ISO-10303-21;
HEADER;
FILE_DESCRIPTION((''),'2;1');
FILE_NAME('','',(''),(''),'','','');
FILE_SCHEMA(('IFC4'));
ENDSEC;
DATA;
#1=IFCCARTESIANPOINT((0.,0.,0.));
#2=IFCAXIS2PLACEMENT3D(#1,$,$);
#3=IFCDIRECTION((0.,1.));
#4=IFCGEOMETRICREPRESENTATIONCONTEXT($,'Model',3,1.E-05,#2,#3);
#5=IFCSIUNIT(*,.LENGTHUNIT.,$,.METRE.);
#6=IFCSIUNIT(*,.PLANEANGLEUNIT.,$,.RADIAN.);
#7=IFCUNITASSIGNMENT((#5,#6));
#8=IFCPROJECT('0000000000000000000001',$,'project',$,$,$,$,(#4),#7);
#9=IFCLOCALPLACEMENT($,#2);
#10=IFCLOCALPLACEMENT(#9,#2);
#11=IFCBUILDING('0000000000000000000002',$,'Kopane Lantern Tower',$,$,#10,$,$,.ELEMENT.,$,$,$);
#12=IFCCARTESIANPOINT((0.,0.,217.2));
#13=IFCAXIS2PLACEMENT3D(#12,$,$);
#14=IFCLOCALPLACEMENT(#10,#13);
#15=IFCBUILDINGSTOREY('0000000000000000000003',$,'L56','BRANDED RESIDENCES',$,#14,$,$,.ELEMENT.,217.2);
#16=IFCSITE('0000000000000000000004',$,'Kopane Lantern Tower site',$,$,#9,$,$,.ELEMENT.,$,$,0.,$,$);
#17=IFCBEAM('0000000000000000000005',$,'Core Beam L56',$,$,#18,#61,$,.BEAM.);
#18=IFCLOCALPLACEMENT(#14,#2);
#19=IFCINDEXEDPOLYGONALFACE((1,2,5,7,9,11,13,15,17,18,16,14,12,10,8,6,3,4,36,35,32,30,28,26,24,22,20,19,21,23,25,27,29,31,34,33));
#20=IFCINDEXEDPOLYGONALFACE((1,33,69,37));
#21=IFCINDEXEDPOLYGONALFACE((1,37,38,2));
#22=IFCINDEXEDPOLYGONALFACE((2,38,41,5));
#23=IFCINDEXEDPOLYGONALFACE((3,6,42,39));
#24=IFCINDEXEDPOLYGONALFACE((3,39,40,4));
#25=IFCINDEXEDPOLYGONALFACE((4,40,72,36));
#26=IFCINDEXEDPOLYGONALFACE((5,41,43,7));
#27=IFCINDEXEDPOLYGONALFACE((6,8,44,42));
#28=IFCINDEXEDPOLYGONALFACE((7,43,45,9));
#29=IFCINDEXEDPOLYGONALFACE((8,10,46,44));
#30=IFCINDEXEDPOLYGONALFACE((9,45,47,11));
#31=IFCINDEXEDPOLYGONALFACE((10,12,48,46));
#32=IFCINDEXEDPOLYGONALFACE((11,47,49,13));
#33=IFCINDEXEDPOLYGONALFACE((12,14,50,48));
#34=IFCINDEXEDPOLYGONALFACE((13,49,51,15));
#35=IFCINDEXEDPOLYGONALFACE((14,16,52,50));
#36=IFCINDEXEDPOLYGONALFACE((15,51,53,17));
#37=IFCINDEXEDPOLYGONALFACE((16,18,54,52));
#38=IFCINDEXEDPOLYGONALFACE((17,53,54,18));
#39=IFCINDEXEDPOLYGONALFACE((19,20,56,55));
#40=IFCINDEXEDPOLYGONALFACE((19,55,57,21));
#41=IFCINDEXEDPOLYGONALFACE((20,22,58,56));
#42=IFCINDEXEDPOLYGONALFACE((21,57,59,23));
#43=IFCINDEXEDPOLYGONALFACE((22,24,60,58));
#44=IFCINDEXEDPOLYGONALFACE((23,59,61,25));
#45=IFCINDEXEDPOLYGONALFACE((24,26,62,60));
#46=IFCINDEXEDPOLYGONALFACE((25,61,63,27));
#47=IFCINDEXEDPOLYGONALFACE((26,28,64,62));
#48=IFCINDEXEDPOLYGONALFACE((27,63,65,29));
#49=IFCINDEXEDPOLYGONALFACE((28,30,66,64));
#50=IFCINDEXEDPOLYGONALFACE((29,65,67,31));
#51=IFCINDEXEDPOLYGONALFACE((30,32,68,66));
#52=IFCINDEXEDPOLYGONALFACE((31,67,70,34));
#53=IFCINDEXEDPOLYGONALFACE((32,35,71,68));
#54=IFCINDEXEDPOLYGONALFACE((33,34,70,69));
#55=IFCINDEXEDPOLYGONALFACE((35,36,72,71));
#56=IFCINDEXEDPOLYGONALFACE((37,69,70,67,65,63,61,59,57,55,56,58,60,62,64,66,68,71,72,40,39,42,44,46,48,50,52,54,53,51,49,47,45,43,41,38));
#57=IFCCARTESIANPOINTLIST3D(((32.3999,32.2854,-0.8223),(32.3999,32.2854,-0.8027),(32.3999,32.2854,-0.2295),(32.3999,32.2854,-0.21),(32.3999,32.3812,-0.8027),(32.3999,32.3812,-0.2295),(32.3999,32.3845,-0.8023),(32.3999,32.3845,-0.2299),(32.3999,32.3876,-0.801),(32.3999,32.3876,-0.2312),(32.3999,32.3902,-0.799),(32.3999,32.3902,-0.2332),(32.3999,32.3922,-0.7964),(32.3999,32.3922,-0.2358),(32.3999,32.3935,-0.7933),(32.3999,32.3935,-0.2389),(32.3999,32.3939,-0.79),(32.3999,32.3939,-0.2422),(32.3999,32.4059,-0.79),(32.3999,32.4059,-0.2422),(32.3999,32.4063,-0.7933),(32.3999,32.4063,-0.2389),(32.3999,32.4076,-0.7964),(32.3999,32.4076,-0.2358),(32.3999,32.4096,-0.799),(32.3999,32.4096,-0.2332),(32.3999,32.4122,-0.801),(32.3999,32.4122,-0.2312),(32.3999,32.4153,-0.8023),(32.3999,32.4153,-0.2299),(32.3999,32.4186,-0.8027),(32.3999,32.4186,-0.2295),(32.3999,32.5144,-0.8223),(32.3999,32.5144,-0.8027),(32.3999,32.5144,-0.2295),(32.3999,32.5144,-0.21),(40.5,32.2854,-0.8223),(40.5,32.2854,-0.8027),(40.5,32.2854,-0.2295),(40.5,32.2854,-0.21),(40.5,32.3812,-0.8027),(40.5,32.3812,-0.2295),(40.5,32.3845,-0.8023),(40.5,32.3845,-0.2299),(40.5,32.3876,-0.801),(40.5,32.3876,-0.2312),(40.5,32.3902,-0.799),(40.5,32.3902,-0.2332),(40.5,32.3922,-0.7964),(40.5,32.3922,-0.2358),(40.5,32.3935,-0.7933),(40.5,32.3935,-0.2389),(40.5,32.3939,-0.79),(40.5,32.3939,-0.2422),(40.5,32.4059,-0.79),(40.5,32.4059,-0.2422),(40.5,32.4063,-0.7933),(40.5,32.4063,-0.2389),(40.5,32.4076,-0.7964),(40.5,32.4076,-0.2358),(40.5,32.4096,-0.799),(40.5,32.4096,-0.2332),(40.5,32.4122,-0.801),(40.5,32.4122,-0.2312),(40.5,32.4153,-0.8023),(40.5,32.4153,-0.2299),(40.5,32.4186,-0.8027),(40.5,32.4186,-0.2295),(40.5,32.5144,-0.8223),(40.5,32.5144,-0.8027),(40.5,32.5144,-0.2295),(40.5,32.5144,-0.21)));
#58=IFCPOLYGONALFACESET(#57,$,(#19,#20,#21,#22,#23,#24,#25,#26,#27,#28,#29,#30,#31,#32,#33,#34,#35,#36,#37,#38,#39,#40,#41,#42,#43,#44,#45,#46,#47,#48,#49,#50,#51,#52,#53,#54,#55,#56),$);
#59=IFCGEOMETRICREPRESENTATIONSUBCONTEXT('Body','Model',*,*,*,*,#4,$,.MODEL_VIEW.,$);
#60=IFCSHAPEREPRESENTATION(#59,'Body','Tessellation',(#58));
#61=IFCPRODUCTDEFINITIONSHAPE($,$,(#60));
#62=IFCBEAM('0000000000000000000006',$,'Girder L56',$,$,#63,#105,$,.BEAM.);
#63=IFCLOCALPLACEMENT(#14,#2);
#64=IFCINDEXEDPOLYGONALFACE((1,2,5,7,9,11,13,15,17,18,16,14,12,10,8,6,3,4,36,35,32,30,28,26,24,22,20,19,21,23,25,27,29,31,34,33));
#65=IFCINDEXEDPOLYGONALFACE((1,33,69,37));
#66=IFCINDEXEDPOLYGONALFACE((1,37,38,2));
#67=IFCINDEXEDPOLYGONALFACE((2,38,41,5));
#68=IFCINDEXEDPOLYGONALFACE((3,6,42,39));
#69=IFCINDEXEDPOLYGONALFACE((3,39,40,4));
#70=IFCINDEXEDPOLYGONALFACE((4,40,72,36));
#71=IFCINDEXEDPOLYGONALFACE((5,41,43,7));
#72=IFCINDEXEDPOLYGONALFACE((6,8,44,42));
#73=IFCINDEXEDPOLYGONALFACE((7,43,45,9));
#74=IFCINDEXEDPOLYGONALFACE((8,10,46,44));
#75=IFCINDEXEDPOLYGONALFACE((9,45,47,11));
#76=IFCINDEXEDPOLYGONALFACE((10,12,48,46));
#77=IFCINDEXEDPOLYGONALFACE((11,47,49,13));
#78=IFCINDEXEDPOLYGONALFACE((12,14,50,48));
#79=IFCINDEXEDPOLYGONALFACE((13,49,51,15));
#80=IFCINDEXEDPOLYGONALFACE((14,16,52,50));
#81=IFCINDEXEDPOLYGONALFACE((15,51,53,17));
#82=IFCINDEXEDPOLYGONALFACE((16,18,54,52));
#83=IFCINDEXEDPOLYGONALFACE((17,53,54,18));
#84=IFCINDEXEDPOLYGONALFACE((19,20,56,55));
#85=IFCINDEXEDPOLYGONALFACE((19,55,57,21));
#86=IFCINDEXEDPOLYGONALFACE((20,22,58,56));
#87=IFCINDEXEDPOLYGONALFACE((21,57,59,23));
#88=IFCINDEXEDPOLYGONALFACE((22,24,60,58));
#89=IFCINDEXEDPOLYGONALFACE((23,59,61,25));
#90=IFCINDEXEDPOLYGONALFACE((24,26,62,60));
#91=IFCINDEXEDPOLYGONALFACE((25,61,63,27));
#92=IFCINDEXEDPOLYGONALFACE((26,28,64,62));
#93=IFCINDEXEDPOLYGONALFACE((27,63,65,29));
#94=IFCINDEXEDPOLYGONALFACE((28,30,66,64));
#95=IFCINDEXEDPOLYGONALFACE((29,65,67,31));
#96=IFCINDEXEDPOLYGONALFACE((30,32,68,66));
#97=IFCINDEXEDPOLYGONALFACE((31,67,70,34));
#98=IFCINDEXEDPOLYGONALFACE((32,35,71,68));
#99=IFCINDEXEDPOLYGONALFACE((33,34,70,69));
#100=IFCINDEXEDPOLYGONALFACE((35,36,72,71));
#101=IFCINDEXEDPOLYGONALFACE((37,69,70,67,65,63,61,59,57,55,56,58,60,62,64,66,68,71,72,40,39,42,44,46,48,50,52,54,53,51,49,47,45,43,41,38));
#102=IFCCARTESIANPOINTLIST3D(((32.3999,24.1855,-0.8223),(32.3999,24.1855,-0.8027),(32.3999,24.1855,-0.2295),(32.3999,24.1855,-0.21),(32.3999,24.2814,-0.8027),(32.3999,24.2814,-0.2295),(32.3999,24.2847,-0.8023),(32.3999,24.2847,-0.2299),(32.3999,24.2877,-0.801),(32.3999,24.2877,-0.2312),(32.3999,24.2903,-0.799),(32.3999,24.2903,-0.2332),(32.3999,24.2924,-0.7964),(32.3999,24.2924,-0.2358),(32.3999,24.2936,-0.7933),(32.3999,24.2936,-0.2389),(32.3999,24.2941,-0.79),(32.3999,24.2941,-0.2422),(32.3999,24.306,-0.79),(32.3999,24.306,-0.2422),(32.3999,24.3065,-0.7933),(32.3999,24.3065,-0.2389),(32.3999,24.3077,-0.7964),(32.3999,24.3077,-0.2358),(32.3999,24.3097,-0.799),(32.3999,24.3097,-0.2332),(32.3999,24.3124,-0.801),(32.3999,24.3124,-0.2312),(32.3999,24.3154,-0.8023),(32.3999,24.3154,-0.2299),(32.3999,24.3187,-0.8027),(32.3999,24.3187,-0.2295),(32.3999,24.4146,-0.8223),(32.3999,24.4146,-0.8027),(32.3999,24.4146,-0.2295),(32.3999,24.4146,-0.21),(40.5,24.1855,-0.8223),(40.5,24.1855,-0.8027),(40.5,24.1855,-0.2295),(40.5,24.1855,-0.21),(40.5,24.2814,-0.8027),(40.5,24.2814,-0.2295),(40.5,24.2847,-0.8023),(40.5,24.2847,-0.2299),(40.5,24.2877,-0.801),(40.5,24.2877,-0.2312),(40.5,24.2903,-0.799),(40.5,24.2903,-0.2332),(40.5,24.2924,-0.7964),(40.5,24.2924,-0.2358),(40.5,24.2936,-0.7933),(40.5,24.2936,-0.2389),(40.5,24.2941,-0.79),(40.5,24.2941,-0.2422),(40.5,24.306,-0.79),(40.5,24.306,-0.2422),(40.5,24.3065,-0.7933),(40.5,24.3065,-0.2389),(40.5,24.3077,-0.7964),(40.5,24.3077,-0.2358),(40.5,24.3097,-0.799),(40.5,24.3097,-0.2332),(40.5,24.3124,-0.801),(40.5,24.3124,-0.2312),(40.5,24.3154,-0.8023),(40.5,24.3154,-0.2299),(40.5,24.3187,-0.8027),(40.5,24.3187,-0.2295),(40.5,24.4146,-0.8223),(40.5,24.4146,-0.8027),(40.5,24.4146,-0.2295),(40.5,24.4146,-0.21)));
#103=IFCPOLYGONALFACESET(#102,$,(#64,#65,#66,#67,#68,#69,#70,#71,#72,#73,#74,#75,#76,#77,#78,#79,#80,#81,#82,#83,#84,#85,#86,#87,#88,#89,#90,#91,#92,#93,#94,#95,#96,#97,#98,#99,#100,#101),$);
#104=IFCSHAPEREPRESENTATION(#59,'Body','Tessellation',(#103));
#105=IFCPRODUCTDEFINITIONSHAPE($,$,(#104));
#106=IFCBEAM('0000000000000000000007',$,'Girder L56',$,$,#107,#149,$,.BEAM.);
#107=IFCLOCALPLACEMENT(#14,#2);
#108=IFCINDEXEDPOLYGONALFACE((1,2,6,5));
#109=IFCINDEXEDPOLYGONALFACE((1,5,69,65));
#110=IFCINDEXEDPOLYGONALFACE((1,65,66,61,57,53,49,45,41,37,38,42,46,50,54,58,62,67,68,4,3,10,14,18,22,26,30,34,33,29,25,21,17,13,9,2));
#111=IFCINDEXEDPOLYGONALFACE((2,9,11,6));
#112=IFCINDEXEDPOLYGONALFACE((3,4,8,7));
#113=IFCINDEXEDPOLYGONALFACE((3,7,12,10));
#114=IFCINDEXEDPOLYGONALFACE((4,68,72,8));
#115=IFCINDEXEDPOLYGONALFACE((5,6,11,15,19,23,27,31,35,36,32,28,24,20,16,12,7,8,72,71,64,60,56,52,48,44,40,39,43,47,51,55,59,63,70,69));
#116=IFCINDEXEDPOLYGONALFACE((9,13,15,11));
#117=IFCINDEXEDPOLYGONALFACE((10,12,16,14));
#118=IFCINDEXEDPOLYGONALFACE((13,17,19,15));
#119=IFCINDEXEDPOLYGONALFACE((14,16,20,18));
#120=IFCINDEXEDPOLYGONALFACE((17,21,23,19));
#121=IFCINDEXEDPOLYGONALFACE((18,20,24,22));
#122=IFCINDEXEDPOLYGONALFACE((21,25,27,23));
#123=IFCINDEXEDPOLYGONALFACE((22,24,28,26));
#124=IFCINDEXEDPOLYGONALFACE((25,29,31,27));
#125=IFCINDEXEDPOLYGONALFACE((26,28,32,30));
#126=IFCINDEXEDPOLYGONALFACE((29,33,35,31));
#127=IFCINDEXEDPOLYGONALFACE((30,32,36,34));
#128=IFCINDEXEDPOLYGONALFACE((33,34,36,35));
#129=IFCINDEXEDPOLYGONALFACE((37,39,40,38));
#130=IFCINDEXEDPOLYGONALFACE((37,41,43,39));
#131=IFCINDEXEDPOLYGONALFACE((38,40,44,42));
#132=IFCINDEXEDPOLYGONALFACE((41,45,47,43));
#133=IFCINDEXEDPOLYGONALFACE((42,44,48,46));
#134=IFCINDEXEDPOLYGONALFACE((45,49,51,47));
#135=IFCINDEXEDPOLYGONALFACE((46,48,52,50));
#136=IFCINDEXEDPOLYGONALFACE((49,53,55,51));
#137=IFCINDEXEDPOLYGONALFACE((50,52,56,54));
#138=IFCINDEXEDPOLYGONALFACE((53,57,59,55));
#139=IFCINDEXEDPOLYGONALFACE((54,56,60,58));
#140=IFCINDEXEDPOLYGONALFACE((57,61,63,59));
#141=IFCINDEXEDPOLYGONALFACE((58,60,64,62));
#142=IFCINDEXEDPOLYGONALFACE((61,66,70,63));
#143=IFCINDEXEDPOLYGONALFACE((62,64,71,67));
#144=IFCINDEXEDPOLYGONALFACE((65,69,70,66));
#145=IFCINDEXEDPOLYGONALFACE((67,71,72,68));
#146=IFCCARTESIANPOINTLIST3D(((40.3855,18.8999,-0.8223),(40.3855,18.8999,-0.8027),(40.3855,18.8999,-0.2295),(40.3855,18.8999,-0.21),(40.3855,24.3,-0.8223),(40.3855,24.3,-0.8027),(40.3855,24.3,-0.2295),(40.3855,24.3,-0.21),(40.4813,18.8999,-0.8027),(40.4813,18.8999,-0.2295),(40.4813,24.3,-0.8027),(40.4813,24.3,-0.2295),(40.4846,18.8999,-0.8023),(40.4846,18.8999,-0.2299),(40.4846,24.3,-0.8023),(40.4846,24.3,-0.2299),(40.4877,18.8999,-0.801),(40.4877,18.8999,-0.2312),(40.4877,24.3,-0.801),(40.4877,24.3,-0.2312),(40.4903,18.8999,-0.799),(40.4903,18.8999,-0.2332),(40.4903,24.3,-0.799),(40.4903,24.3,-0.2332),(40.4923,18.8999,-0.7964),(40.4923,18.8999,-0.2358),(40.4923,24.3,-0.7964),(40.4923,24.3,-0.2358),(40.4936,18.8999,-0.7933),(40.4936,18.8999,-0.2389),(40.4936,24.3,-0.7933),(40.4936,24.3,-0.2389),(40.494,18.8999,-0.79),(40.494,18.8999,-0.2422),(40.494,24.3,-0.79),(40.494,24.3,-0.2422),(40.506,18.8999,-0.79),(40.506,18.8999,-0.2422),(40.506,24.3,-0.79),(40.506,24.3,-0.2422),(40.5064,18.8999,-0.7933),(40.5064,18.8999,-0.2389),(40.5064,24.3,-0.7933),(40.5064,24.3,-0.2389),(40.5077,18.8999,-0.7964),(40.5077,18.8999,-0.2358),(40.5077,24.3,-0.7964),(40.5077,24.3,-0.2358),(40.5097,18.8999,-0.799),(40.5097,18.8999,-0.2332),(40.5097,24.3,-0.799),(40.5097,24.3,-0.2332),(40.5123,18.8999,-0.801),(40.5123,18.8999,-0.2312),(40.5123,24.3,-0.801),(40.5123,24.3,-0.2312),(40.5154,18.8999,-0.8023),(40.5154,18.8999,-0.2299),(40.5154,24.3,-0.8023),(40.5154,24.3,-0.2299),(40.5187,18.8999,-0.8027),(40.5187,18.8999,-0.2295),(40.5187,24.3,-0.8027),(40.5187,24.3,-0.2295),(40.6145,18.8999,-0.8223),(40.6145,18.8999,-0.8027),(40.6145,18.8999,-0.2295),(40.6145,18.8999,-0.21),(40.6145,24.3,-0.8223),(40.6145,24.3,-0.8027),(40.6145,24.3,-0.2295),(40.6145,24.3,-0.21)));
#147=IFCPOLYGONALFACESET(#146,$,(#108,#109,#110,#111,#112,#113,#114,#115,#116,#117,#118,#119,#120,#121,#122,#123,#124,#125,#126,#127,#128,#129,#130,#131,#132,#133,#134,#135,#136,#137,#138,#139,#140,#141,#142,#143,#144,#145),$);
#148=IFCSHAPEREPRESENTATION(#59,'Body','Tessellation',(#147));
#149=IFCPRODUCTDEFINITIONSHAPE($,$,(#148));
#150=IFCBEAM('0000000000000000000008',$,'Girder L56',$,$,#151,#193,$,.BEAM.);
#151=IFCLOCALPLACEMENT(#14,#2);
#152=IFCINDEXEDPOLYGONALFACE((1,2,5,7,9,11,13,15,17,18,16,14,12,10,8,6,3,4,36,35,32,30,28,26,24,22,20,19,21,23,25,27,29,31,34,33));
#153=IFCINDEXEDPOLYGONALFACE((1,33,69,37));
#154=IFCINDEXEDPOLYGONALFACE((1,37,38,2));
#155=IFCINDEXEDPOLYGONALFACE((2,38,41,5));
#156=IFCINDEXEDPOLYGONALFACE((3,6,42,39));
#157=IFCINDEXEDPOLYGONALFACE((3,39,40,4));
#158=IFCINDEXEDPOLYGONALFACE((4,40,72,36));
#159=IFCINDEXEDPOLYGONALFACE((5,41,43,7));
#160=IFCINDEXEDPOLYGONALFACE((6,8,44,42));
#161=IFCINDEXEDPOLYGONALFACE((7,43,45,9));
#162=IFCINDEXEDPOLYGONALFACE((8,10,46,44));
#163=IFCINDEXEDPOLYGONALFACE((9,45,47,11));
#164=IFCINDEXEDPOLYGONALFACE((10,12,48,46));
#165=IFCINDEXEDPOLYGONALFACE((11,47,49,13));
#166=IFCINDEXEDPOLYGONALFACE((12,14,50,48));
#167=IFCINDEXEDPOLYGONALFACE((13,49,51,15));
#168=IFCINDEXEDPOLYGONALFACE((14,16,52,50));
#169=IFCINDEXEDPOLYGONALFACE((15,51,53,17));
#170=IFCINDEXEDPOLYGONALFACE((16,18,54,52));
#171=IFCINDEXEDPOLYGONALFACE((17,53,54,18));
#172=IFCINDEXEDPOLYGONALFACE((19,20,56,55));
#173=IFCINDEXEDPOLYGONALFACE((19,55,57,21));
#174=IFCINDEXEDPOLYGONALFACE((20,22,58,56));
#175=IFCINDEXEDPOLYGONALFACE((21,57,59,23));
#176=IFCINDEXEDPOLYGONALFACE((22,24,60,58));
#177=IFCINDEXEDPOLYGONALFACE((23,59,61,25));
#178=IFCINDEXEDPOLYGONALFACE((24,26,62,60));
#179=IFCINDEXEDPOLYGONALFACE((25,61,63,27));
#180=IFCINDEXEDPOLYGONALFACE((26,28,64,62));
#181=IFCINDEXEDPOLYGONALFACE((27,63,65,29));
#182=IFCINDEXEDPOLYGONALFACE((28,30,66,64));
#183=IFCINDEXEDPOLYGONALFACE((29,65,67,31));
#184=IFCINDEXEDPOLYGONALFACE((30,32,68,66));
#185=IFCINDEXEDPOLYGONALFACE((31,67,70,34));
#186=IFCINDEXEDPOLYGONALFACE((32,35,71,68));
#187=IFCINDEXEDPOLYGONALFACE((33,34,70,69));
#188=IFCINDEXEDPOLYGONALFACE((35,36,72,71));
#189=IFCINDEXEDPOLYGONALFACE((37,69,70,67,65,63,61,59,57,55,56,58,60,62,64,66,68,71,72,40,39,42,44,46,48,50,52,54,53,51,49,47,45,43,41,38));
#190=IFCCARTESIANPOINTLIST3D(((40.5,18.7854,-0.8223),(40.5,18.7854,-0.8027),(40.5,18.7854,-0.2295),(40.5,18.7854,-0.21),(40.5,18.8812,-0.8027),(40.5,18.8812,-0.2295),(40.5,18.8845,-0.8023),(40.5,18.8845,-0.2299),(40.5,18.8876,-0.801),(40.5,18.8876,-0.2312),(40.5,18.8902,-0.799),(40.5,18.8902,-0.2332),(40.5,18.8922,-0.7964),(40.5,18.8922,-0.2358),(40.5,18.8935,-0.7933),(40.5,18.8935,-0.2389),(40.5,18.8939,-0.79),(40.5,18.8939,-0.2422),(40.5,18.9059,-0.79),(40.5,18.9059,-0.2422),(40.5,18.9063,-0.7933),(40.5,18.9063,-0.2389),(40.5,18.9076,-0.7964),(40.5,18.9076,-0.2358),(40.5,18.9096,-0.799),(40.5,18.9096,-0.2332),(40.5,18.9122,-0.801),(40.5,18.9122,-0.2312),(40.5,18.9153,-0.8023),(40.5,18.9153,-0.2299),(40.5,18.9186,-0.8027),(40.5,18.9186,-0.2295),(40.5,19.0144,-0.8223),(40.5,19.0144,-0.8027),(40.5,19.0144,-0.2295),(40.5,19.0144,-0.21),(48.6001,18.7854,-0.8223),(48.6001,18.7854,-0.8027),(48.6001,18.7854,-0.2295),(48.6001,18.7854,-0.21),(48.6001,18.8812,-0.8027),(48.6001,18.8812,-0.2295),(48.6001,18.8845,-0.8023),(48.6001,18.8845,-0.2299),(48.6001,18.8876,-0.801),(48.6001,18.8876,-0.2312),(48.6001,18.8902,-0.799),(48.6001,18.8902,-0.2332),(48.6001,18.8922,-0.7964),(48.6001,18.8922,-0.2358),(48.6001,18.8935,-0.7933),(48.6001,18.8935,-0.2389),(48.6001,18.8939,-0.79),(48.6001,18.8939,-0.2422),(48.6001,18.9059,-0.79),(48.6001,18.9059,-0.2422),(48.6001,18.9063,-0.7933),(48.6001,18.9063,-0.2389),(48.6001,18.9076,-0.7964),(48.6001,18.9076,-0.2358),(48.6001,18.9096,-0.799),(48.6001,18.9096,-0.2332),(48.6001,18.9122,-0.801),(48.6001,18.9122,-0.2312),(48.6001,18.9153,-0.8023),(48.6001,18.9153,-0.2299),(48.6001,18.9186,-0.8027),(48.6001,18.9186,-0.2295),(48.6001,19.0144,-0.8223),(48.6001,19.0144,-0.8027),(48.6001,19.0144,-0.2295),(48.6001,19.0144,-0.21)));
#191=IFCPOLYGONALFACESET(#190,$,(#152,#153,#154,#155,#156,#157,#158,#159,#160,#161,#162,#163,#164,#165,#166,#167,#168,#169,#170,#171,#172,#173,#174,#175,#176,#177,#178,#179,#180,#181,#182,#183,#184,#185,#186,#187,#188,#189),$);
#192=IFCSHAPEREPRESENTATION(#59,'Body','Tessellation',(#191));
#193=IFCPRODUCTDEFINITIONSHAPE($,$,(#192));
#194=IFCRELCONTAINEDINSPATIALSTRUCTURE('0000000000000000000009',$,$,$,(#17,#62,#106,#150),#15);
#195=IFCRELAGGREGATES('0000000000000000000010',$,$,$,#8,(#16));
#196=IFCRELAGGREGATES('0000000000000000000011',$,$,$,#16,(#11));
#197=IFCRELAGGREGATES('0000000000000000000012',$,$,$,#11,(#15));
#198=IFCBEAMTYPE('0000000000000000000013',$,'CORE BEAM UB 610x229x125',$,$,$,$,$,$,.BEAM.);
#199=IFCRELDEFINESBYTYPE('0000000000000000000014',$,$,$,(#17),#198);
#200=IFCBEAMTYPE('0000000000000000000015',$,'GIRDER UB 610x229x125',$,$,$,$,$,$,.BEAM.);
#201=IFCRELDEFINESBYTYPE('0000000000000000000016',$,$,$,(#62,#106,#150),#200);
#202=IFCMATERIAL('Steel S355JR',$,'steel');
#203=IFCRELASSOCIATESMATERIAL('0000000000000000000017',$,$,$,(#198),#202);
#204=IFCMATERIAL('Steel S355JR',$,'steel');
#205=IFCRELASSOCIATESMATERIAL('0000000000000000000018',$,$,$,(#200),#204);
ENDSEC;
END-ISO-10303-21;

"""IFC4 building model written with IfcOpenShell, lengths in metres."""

from ifc_helpers import new_model, si_unit, direction, frame, origin, origin_2d, place, context, subcontext, project, spatial, i_section, extrude, material, material_profile, profile_set, type_object, element, save


model = new_model("IFC4")

# Units and contexts
model_context = context("Model", 3, precision=1e-05, world=origin(), true_north=direction((0.0, 1.0)))
body_context = subcontext(model_context, "Body", "Model", "MODEL_VIEW")
ifc_project = project(units=[si_unit("LENGTHUNIT", "METRE"), si_unit("PLANEANGLEUNIT", "RADIAN")], contexts=[model_context])

# Site, building, storey
site_placement = place(None, origin())
site = spatial("IfcSite", under=ifc_project, at=site_placement, Name="Kopane Lantern Tower site", CompositionType="ELEMENT", RefElevation=0.0)
building_placement = place(site_placement, origin())
building = spatial("IfcBuilding", under=site, at=building_placement, Name="Kopane Lantern Tower", CompositionType="ELEMENT")
storey_placement = place(building_placement, frame((0.0, 0.0, 217.2)))
storey = spatial("IfcBuildingStorey", under=building, at=storey_placement, Name="L56", Description="BRANDED RESIDENCES", CompositionType="ELEMENT", Elevation=217.2)

# Beams
ifc_material_1 = material(Name="Steel S355JR", Category="steel")
ifc_material_profile_1 = material_profile(ifc_material_1, i_section(OverallWidth=0.229, OverallDepth=0.6123, WebThickness=0.012, FlangeThickness=0.0195, FilletRadius=0.0127, at=origin_2d()), Name="UB 610x229x125")
ifc_profile_set_1 = profile_set([ifc_material_profile_1], Name="Steel S355JR")
beam_type_1 = type_object("IfcBeamType", Name="CORE BEAM UB 610x229x125", PredefinedType="BEAM", material=ifc_profile_set_1)
for number, where, z_axis, x_axis, name in (
    (1, (32.3999, 32.3999, -0.5161), (1.0, 0.0, 0.0), (0.0, 1.0, 0.0), "Core Beam L56"),
):
    element("IfcBeam", number, at=place(storey_placement, frame(where, z_axis=z_axis, x_axis=x_axis)), inside=storey, type_object=beam_type_1, Name=name, PredefinedType="BEAM", context=body_context, shape_type="SweptSolid", body=[
        extrude(i_section(OverallWidth=0.229, OverallDepth=0.6123, WebThickness=0.012, FlangeThickness=0.0195, FilletRadius=0.0127, at=origin_2d()), origin(), (0.0, 0.0, 1.0), 8.1001),
    ])
ifc_material_2 = material(Name="Steel S355JR", Category="steel")
ifc_material_profile_2 = material_profile(ifc_material_2, i_section(OverallWidth=0.229, OverallDepth=0.6123, WebThickness=0.012, FlangeThickness=0.0195, FilletRadius=0.0127, at=origin_2d()), Name="UB 610x229x125")
ifc_profile_set_2 = profile_set([ifc_material_profile_2], Name="Steel S355JR")
beam_type_2 = type_object("IfcBeamType", Name="GIRDER UB 610x229x125", PredefinedType="BEAM", material=ifc_profile_set_2)
beam_1_placement = place(storey_placement, frame((32.3999, 24.3, -0.5161), z_axis=(1.0, 0.0, 0.0), x_axis=(0.0, 1.0, 0.0)))
element("IfcBeam", 2, at=beam_1_placement, inside=storey, type_object=beam_type_2, Name="Girder L56", PredefinedType="BEAM", context=body_context, shape_type="SweptSolid", body=[
    extrude(i_section(OverallWidth=0.229, OverallDepth=0.6123, WebThickness=0.012, FlangeThickness=0.0195, FilletRadius=0.0127, at=origin_2d()), origin(), (0.0, 0.0, 1.0), 8.1001),
])
beam_2_placement = place(storey_placement, frame((40.5, 18.8999, -0.5161), z_axis=(0.0, 1.0, 0.0), x_axis=(-1.0, 0.0, 0.0)))
element("IfcBeam", 3, at=beam_2_placement, inside=storey, type_object=beam_type_2, Name="Girder L56", PredefinedType="BEAM", context=body_context, shape_type="SweptSolid", body=[
    extrude(i_section(OverallWidth=0.229, OverallDepth=0.6123, WebThickness=0.012, FlangeThickness=0.0195, FilletRadius=0.0127, at=origin_2d()), origin(), (0.0, 0.0, 1.0), 5.4001),
])
beam_3_placement = place(storey_placement, frame((40.5, 18.8999, -0.5161), z_axis=(1.0, 0.0, 0.0), x_axis=(0.0, 1.0, 0.0)))
element("IfcBeam", 4, at=beam_3_placement, inside=storey, type_object=beam_type_2, Name="Girder L56", PredefinedType="BEAM", context=body_context, shape_type="SweptSolid", body=[
    extrude(i_section(OverallWidth=0.229, OverallDepth=0.6123, WebThickness=0.012, FlangeThickness=0.0195, FilletRadius=0.0127, at=origin_2d()), origin(), (0.0, 0.0, 1.0), 8.1001),
])

save(model, "model.ifc")
